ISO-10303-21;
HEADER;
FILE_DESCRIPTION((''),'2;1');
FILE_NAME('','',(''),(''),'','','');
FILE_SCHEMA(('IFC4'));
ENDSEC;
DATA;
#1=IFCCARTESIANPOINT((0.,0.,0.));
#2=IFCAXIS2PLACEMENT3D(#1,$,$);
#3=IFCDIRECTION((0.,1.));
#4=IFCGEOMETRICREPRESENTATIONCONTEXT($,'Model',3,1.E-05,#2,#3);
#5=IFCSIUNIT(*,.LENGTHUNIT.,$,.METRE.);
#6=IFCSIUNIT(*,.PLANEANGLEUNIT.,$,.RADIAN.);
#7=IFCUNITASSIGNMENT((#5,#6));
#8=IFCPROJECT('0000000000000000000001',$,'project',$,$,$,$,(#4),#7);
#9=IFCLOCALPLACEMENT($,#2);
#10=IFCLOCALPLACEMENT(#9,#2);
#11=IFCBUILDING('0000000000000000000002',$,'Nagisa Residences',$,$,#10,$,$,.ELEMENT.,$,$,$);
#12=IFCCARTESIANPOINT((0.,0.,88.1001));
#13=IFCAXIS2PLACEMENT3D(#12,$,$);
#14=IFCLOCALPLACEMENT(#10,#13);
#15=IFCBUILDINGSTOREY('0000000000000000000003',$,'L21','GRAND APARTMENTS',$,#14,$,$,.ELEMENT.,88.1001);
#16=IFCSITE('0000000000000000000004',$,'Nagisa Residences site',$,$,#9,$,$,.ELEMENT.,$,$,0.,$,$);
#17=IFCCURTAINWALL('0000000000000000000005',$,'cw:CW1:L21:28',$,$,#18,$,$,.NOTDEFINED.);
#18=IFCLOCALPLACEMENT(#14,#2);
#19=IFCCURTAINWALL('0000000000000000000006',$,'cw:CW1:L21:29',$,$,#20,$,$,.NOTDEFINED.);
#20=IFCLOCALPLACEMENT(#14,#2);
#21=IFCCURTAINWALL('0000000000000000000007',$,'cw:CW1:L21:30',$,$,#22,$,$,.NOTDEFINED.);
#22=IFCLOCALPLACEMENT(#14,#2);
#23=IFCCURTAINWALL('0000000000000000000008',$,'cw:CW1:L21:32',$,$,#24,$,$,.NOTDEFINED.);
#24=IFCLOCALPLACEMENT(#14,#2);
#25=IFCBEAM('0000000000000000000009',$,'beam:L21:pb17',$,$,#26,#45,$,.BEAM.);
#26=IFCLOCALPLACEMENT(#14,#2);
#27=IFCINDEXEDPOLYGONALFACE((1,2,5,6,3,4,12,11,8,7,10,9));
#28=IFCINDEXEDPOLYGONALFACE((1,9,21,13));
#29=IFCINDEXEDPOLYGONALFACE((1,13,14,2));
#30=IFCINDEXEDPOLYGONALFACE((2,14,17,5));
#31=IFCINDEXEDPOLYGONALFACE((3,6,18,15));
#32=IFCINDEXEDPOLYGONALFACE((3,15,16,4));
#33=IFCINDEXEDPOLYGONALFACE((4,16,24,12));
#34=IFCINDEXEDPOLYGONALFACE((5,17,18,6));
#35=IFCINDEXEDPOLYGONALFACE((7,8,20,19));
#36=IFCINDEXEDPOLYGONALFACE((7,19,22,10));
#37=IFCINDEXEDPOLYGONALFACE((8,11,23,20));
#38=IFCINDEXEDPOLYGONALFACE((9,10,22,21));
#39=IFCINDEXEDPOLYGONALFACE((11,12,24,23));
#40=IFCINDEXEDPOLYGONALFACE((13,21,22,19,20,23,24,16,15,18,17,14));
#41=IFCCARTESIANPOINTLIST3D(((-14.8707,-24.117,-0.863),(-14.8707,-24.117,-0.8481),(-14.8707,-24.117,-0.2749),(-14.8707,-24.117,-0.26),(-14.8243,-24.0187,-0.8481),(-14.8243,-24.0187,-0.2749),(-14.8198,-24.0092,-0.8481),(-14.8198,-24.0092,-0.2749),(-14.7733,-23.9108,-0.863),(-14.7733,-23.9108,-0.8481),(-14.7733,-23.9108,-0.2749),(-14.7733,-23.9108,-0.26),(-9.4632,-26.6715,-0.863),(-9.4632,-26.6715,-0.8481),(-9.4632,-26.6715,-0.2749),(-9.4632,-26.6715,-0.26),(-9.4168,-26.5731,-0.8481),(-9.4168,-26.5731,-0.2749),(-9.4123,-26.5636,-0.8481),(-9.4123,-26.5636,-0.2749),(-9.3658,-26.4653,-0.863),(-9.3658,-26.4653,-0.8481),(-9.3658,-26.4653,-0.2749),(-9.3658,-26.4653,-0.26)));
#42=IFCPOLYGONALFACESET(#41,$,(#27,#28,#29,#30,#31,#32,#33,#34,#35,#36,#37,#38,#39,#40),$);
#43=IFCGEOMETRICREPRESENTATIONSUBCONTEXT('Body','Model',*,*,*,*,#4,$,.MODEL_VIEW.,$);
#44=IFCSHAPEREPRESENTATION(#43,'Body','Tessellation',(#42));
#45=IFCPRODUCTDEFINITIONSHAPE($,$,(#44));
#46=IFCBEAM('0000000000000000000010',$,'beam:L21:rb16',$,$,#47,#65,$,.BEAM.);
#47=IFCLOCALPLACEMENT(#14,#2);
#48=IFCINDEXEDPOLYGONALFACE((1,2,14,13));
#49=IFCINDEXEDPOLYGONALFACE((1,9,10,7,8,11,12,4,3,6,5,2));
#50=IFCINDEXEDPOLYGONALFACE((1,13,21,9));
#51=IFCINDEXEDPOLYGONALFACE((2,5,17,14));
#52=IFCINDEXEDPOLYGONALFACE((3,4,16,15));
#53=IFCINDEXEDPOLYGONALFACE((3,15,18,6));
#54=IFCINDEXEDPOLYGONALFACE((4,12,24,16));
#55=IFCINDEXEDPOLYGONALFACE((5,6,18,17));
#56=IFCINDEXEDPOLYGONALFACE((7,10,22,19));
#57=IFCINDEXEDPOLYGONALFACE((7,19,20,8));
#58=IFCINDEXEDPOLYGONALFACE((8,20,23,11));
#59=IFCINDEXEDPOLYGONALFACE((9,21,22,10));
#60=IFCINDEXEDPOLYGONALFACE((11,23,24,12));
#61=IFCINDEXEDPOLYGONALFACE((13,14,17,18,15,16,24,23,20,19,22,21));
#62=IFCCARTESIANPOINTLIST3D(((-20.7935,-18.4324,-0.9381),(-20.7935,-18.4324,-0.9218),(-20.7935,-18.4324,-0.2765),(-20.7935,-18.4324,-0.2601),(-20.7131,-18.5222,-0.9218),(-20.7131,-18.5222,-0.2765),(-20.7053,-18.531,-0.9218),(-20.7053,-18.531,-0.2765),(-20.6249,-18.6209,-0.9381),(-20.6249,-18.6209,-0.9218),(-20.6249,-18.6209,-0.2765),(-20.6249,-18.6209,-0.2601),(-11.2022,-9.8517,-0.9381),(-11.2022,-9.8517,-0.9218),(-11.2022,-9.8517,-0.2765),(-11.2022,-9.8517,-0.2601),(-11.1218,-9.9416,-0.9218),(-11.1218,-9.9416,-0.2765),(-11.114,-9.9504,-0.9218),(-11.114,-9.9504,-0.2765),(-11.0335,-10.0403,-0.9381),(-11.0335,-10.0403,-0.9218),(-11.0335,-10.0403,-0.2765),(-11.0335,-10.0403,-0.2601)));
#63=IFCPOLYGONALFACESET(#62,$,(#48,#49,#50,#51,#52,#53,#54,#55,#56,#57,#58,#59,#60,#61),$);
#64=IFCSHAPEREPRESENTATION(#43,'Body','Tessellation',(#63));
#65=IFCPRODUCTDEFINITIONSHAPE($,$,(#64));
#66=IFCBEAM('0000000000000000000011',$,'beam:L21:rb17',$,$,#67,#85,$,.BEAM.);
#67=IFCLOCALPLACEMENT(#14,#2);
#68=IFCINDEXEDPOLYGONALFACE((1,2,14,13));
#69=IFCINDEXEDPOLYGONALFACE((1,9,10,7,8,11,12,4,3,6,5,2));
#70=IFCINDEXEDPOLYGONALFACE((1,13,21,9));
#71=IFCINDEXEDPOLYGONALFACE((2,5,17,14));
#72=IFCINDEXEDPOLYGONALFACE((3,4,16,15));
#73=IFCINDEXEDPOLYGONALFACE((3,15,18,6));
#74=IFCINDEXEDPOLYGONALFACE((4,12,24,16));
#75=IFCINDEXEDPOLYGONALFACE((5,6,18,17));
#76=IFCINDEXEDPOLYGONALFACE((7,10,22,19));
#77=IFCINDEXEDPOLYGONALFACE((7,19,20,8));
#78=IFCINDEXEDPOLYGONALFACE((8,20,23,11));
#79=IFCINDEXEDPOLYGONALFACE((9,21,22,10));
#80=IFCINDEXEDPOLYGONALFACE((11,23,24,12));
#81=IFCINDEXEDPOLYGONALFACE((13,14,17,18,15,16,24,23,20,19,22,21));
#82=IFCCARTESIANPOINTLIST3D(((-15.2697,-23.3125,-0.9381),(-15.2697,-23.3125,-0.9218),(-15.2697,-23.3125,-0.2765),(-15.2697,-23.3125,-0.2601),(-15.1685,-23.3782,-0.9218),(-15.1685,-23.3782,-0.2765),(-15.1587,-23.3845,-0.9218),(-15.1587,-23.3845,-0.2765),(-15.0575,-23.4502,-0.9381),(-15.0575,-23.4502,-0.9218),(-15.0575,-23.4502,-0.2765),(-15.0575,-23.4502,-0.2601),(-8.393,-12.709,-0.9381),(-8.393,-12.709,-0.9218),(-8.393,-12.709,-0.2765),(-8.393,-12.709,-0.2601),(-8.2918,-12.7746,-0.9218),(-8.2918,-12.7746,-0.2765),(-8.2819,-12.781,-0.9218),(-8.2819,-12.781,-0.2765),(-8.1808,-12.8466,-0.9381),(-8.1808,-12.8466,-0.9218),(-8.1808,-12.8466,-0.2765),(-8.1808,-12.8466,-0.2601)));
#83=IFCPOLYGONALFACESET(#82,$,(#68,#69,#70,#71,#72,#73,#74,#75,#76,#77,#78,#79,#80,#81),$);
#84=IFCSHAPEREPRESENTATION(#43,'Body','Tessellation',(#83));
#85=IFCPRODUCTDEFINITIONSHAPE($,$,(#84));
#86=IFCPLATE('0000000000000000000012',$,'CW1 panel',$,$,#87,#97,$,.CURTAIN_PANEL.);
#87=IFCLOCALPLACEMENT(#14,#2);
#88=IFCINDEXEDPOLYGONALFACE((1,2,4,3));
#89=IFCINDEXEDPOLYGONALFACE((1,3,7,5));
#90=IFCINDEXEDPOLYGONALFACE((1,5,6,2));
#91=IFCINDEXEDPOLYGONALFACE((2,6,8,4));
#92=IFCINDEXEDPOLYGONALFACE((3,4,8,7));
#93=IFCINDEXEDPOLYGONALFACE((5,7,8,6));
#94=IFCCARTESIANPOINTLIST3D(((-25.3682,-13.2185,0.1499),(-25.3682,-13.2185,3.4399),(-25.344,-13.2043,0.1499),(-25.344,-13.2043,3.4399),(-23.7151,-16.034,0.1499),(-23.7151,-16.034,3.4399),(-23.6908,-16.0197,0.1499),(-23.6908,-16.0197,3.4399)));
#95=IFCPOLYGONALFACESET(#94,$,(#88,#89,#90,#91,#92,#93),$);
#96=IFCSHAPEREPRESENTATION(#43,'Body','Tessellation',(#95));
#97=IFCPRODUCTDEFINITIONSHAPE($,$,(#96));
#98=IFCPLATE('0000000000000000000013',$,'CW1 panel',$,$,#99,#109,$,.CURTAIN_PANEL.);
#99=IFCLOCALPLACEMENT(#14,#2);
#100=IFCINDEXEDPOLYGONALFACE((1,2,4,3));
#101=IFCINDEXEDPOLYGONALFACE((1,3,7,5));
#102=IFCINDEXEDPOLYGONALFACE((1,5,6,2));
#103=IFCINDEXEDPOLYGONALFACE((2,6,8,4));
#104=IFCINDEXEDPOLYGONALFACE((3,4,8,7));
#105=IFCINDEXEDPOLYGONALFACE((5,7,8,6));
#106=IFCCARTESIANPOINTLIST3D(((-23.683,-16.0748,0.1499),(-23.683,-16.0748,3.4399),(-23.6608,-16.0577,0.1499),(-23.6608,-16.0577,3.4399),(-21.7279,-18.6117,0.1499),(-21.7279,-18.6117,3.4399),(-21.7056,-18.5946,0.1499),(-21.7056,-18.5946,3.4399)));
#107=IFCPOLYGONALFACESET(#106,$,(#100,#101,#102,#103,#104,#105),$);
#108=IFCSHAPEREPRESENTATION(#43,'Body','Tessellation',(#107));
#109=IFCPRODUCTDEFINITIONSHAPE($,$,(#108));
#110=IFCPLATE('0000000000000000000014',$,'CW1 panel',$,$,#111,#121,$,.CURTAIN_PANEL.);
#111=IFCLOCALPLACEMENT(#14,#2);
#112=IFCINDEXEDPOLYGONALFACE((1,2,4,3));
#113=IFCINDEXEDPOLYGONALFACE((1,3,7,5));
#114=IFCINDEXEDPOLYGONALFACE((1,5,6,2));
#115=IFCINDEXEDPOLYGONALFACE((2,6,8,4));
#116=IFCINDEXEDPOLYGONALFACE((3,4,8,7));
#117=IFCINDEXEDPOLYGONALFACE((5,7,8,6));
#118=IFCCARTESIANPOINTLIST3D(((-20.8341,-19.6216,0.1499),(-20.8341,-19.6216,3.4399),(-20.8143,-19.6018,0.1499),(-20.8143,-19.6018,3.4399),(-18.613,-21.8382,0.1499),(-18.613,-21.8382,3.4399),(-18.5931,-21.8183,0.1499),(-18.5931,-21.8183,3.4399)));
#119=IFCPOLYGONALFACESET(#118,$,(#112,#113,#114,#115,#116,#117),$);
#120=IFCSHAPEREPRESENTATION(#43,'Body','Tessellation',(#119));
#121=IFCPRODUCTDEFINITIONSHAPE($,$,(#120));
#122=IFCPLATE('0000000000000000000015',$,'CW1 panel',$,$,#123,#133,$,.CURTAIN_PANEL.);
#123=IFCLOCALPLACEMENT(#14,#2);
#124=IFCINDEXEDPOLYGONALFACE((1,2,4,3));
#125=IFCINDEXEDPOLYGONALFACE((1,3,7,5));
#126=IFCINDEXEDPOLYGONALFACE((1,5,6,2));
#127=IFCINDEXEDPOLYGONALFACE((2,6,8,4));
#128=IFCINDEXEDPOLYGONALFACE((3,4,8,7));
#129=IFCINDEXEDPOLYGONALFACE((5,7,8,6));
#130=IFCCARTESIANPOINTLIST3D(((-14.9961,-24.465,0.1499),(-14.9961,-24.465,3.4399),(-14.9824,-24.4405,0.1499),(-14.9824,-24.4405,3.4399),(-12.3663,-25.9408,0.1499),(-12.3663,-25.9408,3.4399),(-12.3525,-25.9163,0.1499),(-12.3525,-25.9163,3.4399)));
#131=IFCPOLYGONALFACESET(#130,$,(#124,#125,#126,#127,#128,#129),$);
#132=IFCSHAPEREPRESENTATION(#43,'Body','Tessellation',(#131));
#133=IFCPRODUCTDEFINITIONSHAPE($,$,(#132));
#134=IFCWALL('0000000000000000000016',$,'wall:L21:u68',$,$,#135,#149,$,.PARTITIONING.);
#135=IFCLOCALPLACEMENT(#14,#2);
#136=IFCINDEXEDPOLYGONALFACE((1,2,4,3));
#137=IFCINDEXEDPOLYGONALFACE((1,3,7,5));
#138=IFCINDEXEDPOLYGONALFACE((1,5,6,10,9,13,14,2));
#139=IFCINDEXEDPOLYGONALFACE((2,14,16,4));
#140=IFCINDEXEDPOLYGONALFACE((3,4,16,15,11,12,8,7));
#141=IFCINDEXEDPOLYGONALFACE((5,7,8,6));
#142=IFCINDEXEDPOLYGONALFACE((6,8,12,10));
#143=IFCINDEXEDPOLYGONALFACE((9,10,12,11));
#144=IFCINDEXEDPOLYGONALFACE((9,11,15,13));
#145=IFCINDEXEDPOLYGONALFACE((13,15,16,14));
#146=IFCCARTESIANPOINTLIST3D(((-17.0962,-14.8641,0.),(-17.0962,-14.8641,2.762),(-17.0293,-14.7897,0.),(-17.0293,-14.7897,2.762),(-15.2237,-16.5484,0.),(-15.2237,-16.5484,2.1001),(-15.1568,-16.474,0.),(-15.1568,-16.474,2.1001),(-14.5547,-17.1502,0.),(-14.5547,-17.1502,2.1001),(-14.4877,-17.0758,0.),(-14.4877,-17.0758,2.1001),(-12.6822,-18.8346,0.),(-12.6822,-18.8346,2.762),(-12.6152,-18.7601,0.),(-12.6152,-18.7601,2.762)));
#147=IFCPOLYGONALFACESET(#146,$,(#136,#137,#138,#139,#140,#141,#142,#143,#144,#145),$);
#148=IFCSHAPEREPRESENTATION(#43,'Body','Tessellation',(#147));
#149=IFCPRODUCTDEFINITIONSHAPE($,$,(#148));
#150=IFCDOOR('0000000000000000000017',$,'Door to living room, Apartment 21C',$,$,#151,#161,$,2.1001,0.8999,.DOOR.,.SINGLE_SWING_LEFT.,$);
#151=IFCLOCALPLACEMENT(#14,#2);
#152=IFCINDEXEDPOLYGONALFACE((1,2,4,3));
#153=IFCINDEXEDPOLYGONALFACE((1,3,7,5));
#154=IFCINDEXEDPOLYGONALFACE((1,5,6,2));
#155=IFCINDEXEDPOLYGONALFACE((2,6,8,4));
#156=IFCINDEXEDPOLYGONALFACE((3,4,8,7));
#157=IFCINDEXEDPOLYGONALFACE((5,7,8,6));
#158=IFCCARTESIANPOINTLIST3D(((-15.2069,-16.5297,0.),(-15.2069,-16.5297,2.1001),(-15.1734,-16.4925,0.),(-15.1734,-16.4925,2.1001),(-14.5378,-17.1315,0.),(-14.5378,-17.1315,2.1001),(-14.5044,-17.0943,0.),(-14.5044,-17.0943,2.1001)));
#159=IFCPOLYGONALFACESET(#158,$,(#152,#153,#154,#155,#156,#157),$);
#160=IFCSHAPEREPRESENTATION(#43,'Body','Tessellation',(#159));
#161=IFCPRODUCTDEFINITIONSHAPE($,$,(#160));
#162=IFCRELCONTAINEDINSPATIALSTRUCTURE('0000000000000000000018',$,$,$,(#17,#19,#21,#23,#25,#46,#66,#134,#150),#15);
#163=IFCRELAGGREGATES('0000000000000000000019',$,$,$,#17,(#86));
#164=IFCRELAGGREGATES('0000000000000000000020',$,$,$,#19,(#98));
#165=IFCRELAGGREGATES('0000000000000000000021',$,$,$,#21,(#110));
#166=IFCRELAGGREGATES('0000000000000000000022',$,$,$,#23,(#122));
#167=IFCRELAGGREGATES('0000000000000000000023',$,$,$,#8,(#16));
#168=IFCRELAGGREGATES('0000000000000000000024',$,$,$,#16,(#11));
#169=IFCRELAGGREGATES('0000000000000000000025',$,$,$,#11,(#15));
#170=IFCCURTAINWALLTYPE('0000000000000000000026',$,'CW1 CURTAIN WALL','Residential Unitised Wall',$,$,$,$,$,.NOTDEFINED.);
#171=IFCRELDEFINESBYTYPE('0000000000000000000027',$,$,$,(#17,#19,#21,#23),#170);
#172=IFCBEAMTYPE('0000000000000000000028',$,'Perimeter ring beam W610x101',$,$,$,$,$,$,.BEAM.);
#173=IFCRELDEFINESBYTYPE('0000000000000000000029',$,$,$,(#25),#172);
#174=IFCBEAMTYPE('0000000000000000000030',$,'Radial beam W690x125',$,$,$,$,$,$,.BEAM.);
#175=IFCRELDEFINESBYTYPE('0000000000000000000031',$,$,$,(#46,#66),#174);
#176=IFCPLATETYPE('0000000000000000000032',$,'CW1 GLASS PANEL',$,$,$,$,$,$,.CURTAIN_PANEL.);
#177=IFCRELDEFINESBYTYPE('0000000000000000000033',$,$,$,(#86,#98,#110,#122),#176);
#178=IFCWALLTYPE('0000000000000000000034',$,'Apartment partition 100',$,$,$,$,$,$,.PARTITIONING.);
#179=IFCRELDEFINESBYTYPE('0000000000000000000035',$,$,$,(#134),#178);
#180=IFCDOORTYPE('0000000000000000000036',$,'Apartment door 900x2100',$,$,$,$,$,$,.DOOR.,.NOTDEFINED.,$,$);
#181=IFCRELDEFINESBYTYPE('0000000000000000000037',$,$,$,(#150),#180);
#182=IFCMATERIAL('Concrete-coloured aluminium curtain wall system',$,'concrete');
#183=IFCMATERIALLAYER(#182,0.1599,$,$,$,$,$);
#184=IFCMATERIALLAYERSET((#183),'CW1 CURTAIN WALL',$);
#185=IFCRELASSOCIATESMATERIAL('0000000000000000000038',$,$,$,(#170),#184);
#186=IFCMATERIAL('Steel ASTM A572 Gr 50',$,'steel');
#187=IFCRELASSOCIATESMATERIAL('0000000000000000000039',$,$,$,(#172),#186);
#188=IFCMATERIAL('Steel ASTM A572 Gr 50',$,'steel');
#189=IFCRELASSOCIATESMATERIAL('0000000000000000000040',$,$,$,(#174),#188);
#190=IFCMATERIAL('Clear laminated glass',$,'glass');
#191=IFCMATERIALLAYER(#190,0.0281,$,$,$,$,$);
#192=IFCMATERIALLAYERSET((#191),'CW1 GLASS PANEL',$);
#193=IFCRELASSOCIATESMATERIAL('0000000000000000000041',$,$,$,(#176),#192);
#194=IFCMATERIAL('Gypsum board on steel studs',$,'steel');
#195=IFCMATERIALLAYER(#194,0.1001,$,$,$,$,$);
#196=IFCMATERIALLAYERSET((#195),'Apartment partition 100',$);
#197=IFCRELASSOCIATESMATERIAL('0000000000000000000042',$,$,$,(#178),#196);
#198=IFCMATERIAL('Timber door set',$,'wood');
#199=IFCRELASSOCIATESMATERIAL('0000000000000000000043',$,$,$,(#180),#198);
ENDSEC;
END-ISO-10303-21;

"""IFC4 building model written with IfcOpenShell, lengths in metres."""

from ifc_helpers import new_model, si_unit, direction, frame, frame_2d, origin, origin_2d, place, context, subcontext, project, spatial, rectangle, i_section, extrude, material, layer, layer_set, material_profile, profile_set, type_object, element, fill, aggregate, save


model = new_model("IFC4")

# Units and contexts
model_context = context("Model", 3, precision=1e-05, world=origin(), true_north=direction((0.0, 1.0)))
body_context = subcontext(model_context, "Body", "Model", "MODEL_VIEW")
ifc_project = project(units=[si_unit("LENGTHUNIT", "METRE"), si_unit("PLANEANGLEUNIT", "RADIAN")], contexts=[model_context])

# Site, building, storey
site_placement = place(None, origin())
site = spatial("IfcSite", under=ifc_project, at=site_placement, Name="Nagisa Residences site", CompositionType="ELEMENT", RefElevation=0.0)
building_placement = place(site_placement, origin())
building = spatial("IfcBuilding", under=site, at=building_placement, Name="Nagisa Residences", CompositionType="ELEMENT")
storey_placement = place(building_placement, frame((0.0, 0.0, 88.1001)))
storey = spatial("IfcBuildingStorey", under=building, at=storey_placement, Name="L21", Description="GRAND APARTMENTS", CompositionType="ELEMENT", Elevation=88.1001)

# Curtain walls
ifc_material_1 = material(Name="Concrete-coloured aluminium curtain wall system", Category="concrete")
ifc_layer_1 = layer(ifc_material_1, 0.1599)
ifc_layer_set_1 = layer_set([ifc_layer_1], Name="CW1 CURTAIN WALL")
curtain_wall_type = type_object("IfcCurtainWallType", Name="CW1 CURTAIN WALL", Description="Residential Unitised Wall", PredefinedType="NOTDEFINED", material=ifc_layer_set_1)
curtain_wall_1_placement = place(storey_placement, origin())
curtain_wall_1 = element("IfcCurtainWall", 1, at=curtain_wall_1_placement, inside=storey, type_object=curtain_wall_type, Name="cw:CW1:L21:28", PredefinedType="NOTDEFINED")
curtain_wall_2_placement = place(storey_placement, origin())
curtain_wall_2 = element("IfcCurtainWall", 2, at=curtain_wall_2_placement, inside=storey, type_object=curtain_wall_type, Name="cw:CW1:L21:29", PredefinedType="NOTDEFINED")
curtain_wall_3_placement = place(storey_placement, origin())
curtain_wall_3 = element("IfcCurtainWall", 3, at=curtain_wall_3_placement, inside=storey, type_object=curtain_wall_type, Name="cw:CW1:L21:30", PredefinedType="NOTDEFINED")
curtain_wall_4_placement = place(storey_placement, origin())
curtain_wall_4 = element("IfcCurtainWall", 4, at=curtain_wall_4_placement, inside=storey, type_object=curtain_wall_type, Name="cw:CW1:L21:32", PredefinedType="NOTDEFINED")

# Beams
ifc_material_2 = material(Name="Steel ASTM A572 Gr 50", Category="steel")
ifc_material_profile_1 = material_profile(ifc_material_2, i_section(OverallWidth=0.228, OverallDepth=0.603, WebThickness=0.0105, FlangeThickness=0.0149, at=origin_2d()), Name="W610x101")
ifc_profile_set_1 = profile_set([ifc_material_profile_1], Name="Steel ASTM A572 Gr 50")
beam_type_1 = type_object("IfcBeamType", Name="Perimeter ring beam W610x101", PredefinedType="BEAM", material=ifc_profile_set_1)
beam_1_placement = place(storey_placement, frame((-14.822, -24.0139, -0.5615), z_axis=(0.90419, -0.427131, 0.0), x_axis=(0.427131, 0.90419, 0.0)))
element("IfcBeam", 5, at=beam_1_placement, inside=storey, type_object=beam_type_1, Name="beam:L21:pb17", PredefinedType="BEAM", context=body_context, shape_type="SweptSolid", body=[
    extrude(i_section(OverallWidth=0.228, OverallDepth=0.603, WebThickness=0.0105, FlangeThickness=0.0149, at=origin_2d()), origin(), (0.0, 0.0, 1.0), 5.9805),
])
ifc_material_3 = material(Name="Steel ASTM A572 Gr 50", Category="steel")
ifc_material_profile_2 = material_profile(ifc_material_3, i_section(OverallWidth=0.2529, OverallDepth=0.678, WebThickness=0.0117, FlangeThickness=0.0164, at=origin_2d()), Name="W690x125")
ifc_profile_set_2 = profile_set([ifc_material_profile_2], Name="Steel ASTM A572 Gr 50")
beam_type_2 = type_object("IfcBeamType", Name="Radial beam W690x125", PredefinedType="BEAM", material=ifc_profile_set_2)
beam_2_placement = place(storey_placement, frame((-20.7092, -18.5266, -0.5991), z_axis=(0.745285, 0.666746, 0.0), x_axis=(-0.666746, 0.745285, 0.0)))
element("IfcBeam", 6, at=beam_2_placement, inside=storey, type_object=beam_type_2, Name="beam:L21:rb16", PredefinedType="BEAM", context=body_context, shape_type="SweptSolid", body=[
    extrude(i_section(OverallWidth=0.2529, OverallDepth=0.678, WebThickness=0.0117, FlangeThickness=0.0164, at=origin_2d()), origin(), (0.0, 0.0, 1.0), 12.8694),
])
beam_3_placement = place(storey_placement, frame((-15.1636, -23.3813, -0.5991), z_axis=(0.544122, 0.839006, 0.0), x_axis=(-0.839006, 0.544122, 0.0)))
element("IfcBeam", 7, at=beam_3_placement, inside=storey, type_object=beam_type_2, Name="beam:L21:rb17", PredefinedType="BEAM", context=body_context, shape_type="SweptSolid", body=[
    extrude(i_section(OverallWidth=0.2529, OverallDepth=0.678, WebThickness=0.0117, FlangeThickness=0.0164, at=origin_2d()), origin(), (0.0, 0.0, 1.0), 12.6382),
])

# Plates
ifc_material_4 = material(Name="Clear laminated glass", Category="glass")
ifc_layer_2 = layer(ifc_material_4, 0.0281)
ifc_layer_set_2 = layer_set([ifc_layer_2], Name="CW1 GLASS PANEL")
plate_type = type_object("IfcPlateType", Name="CW1 GLASS PANEL", PredefinedType="CURTAIN_PANEL", material=ifc_layer_set_2)
plate_1_placement = place(storey_placement, frame((-24.5295, -14.6191, 0.1499), z_axis=(0.0, 0.0, 1.0), x_axis=(0.506349, -0.862329, 0.0)))
plate_1 = element("IfcPlate", 8, at=plate_1_placement, type_object=plate_type, Name="CW1 panel", PredefinedType="CURTAIN_PANEL", context=body_context, shape_type="SweptSolid", body=[
    extrude(rectangle(XDim=3.2649, YDim=0.0281, at=origin_2d()), origin(), (0.0, 0.0, 1.0), 3.29),
])
aggregate(curtain_wall_1, [plate_1])
plate_2_placement = place(storey_placement, frame((-22.6943, -17.3347, 0.1499), z_axis=(0.0, 0.0, 1.0), x_axis=(0.61043, -0.79207, 0.0)))
plate_2 = element("IfcPlate", 9, at=plate_2_placement, type_object=plate_type, Name="CW1 panel", PredefinedType="CURTAIN_PANEL", context=body_context, shape_type="SweptSolid", body=[
    extrude(rectangle(XDim=3.2029, YDim=0.0281, at=origin_2d()), origin(), (0.0, 0.0, 1.0), 3.29),
])
aggregate(curtain_wall_2, [plate_2])
plate_3_placement = place(storey_placement, frame((-19.7136, -20.72, 0.1499), z_axis=(0.0, 0.0, 1.0), x_axis=(0.707836, -0.706377, 0.0)))
plate_3 = element("IfcPlate", 10, at=plate_3_placement, type_object=plate_type, Name="CW1 panel", PredefinedType="CURTAIN_PANEL", context=body_context, shape_type="SweptSolid", body=[
    extrude(rectangle(XDim=3.1379, YDim=0.0281, at=origin_2d()), origin(), (0.0, 0.0, 1.0), 3.29),
])
aggregate(curtain_wall_3, [plate_3])
plate_4_placement = place(storey_placement, frame((-13.6743, -25.1907, 0.1499), z_axis=(0.0, 0.0, 1.0), x_axis=(0.872072, -0.489377, 0.0)))
plate_4 = element("IfcPlate", 11, at=plate_4_placement, type_object=plate_type, Name="CW1 panel", PredefinedType="CURTAIN_PANEL", context=body_context, shape_type="SweptSolid", body=[
    extrude(rectangle(XDim=3.0156, YDim=0.0281, at=origin_2d()), origin(), (0.0, 0.0, 1.0), 3.29),
])
aggregate(curtain_wall_4, [plate_4])

# Wall, opening, door
ifc_material_5 = material(Name="Gypsum board on steel studs", Category="steel")
ifc_layer_3 = layer(ifc_material_5, 0.1001)
ifc_layer_set_3 = layer_set([ifc_layer_3], Name="Apartment partition 100")
wall_type_1 = type_object("IfcWallType", Name="Apartment partition 100", PredefinedType="PARTITIONING", material=ifc_layer_set_3)
wall_1_placement = place(storey_placement, frame((-17.0627, -14.8269, 0.0), z_axis=(0.0, 0.0, 1.0), x_axis=(0.743478, -0.66876, 0.0)))
wall_1 = element("IfcWall", 12, at=wall_1_placement, inside=storey, type_object=wall_type_1, Name="wall:L21:u68", PredefinedType="PARTITIONING", context=body_context, shape_type="SweptSolid", body=[
    extrude(rectangle(XDim=5.937, YDim=0.1001, at=frame_2d((2.9685, 0.0))), origin(), (0.0, 0.0, 1.0), 2.762),
])
opening_1_placement = place(wall_1_placement, frame((2.5186, 0.0, 0.0)))
opening_1 = element("IfcOpeningElement", 13, at=opening_1_placement, cuts=wall_1, PredefinedType="OPENING", context=body_context, shape_type="SweptSolid", body=[
    extrude(rectangle(XDim=0.8999, YDim=2.1001, at=frame_2d((0.45, 1.05))), frame((0.0, 0.0601, 0.0), z_axis=(0.0, -1.0, 0.0), x_axis=(1.0, 0.0, 0.0)), (0.0, 0.0, 1.0), 0.1201),
])
ifc_material_6 = material(Name="Timber door set", Category="wood")
door_type_1 = type_object("IfcDoorType", Name="Apartment door 900x2100", OperationType="NOTDEFINED", PredefinedType="DOOR", material=ifc_material_6)
door_1_placement = place(opening_1_placement, frame((0.8999, 0.0, 0.0), x_axis=(-1.0, 0.0, 0.0)))
door_1 = element("IfcDoor", 14, at=door_1_placement, inside=storey, type_object=door_type_1, Name="Door to living room, Apartment 21C", OperationType="SINGLE_SWING_LEFT", OverallHeight=2.1001, OverallWidth=0.8999, PredefinedType="DOOR", context=body_context, shape_type="SweptSolid", body=[
    extrude(rectangle(XDim=0.8999, YDim=2.1001, at=frame_2d((0.45, 1.05))), frame((0.0, 0.0249, 0.0), z_axis=(0.0, -1.0, 0.0), x_axis=(1.0, 0.0, 0.0)), (0.0, 0.0, 1.0), 0.05),
])
fill(opening_1, door_1)

save(model, "model.ifc")
